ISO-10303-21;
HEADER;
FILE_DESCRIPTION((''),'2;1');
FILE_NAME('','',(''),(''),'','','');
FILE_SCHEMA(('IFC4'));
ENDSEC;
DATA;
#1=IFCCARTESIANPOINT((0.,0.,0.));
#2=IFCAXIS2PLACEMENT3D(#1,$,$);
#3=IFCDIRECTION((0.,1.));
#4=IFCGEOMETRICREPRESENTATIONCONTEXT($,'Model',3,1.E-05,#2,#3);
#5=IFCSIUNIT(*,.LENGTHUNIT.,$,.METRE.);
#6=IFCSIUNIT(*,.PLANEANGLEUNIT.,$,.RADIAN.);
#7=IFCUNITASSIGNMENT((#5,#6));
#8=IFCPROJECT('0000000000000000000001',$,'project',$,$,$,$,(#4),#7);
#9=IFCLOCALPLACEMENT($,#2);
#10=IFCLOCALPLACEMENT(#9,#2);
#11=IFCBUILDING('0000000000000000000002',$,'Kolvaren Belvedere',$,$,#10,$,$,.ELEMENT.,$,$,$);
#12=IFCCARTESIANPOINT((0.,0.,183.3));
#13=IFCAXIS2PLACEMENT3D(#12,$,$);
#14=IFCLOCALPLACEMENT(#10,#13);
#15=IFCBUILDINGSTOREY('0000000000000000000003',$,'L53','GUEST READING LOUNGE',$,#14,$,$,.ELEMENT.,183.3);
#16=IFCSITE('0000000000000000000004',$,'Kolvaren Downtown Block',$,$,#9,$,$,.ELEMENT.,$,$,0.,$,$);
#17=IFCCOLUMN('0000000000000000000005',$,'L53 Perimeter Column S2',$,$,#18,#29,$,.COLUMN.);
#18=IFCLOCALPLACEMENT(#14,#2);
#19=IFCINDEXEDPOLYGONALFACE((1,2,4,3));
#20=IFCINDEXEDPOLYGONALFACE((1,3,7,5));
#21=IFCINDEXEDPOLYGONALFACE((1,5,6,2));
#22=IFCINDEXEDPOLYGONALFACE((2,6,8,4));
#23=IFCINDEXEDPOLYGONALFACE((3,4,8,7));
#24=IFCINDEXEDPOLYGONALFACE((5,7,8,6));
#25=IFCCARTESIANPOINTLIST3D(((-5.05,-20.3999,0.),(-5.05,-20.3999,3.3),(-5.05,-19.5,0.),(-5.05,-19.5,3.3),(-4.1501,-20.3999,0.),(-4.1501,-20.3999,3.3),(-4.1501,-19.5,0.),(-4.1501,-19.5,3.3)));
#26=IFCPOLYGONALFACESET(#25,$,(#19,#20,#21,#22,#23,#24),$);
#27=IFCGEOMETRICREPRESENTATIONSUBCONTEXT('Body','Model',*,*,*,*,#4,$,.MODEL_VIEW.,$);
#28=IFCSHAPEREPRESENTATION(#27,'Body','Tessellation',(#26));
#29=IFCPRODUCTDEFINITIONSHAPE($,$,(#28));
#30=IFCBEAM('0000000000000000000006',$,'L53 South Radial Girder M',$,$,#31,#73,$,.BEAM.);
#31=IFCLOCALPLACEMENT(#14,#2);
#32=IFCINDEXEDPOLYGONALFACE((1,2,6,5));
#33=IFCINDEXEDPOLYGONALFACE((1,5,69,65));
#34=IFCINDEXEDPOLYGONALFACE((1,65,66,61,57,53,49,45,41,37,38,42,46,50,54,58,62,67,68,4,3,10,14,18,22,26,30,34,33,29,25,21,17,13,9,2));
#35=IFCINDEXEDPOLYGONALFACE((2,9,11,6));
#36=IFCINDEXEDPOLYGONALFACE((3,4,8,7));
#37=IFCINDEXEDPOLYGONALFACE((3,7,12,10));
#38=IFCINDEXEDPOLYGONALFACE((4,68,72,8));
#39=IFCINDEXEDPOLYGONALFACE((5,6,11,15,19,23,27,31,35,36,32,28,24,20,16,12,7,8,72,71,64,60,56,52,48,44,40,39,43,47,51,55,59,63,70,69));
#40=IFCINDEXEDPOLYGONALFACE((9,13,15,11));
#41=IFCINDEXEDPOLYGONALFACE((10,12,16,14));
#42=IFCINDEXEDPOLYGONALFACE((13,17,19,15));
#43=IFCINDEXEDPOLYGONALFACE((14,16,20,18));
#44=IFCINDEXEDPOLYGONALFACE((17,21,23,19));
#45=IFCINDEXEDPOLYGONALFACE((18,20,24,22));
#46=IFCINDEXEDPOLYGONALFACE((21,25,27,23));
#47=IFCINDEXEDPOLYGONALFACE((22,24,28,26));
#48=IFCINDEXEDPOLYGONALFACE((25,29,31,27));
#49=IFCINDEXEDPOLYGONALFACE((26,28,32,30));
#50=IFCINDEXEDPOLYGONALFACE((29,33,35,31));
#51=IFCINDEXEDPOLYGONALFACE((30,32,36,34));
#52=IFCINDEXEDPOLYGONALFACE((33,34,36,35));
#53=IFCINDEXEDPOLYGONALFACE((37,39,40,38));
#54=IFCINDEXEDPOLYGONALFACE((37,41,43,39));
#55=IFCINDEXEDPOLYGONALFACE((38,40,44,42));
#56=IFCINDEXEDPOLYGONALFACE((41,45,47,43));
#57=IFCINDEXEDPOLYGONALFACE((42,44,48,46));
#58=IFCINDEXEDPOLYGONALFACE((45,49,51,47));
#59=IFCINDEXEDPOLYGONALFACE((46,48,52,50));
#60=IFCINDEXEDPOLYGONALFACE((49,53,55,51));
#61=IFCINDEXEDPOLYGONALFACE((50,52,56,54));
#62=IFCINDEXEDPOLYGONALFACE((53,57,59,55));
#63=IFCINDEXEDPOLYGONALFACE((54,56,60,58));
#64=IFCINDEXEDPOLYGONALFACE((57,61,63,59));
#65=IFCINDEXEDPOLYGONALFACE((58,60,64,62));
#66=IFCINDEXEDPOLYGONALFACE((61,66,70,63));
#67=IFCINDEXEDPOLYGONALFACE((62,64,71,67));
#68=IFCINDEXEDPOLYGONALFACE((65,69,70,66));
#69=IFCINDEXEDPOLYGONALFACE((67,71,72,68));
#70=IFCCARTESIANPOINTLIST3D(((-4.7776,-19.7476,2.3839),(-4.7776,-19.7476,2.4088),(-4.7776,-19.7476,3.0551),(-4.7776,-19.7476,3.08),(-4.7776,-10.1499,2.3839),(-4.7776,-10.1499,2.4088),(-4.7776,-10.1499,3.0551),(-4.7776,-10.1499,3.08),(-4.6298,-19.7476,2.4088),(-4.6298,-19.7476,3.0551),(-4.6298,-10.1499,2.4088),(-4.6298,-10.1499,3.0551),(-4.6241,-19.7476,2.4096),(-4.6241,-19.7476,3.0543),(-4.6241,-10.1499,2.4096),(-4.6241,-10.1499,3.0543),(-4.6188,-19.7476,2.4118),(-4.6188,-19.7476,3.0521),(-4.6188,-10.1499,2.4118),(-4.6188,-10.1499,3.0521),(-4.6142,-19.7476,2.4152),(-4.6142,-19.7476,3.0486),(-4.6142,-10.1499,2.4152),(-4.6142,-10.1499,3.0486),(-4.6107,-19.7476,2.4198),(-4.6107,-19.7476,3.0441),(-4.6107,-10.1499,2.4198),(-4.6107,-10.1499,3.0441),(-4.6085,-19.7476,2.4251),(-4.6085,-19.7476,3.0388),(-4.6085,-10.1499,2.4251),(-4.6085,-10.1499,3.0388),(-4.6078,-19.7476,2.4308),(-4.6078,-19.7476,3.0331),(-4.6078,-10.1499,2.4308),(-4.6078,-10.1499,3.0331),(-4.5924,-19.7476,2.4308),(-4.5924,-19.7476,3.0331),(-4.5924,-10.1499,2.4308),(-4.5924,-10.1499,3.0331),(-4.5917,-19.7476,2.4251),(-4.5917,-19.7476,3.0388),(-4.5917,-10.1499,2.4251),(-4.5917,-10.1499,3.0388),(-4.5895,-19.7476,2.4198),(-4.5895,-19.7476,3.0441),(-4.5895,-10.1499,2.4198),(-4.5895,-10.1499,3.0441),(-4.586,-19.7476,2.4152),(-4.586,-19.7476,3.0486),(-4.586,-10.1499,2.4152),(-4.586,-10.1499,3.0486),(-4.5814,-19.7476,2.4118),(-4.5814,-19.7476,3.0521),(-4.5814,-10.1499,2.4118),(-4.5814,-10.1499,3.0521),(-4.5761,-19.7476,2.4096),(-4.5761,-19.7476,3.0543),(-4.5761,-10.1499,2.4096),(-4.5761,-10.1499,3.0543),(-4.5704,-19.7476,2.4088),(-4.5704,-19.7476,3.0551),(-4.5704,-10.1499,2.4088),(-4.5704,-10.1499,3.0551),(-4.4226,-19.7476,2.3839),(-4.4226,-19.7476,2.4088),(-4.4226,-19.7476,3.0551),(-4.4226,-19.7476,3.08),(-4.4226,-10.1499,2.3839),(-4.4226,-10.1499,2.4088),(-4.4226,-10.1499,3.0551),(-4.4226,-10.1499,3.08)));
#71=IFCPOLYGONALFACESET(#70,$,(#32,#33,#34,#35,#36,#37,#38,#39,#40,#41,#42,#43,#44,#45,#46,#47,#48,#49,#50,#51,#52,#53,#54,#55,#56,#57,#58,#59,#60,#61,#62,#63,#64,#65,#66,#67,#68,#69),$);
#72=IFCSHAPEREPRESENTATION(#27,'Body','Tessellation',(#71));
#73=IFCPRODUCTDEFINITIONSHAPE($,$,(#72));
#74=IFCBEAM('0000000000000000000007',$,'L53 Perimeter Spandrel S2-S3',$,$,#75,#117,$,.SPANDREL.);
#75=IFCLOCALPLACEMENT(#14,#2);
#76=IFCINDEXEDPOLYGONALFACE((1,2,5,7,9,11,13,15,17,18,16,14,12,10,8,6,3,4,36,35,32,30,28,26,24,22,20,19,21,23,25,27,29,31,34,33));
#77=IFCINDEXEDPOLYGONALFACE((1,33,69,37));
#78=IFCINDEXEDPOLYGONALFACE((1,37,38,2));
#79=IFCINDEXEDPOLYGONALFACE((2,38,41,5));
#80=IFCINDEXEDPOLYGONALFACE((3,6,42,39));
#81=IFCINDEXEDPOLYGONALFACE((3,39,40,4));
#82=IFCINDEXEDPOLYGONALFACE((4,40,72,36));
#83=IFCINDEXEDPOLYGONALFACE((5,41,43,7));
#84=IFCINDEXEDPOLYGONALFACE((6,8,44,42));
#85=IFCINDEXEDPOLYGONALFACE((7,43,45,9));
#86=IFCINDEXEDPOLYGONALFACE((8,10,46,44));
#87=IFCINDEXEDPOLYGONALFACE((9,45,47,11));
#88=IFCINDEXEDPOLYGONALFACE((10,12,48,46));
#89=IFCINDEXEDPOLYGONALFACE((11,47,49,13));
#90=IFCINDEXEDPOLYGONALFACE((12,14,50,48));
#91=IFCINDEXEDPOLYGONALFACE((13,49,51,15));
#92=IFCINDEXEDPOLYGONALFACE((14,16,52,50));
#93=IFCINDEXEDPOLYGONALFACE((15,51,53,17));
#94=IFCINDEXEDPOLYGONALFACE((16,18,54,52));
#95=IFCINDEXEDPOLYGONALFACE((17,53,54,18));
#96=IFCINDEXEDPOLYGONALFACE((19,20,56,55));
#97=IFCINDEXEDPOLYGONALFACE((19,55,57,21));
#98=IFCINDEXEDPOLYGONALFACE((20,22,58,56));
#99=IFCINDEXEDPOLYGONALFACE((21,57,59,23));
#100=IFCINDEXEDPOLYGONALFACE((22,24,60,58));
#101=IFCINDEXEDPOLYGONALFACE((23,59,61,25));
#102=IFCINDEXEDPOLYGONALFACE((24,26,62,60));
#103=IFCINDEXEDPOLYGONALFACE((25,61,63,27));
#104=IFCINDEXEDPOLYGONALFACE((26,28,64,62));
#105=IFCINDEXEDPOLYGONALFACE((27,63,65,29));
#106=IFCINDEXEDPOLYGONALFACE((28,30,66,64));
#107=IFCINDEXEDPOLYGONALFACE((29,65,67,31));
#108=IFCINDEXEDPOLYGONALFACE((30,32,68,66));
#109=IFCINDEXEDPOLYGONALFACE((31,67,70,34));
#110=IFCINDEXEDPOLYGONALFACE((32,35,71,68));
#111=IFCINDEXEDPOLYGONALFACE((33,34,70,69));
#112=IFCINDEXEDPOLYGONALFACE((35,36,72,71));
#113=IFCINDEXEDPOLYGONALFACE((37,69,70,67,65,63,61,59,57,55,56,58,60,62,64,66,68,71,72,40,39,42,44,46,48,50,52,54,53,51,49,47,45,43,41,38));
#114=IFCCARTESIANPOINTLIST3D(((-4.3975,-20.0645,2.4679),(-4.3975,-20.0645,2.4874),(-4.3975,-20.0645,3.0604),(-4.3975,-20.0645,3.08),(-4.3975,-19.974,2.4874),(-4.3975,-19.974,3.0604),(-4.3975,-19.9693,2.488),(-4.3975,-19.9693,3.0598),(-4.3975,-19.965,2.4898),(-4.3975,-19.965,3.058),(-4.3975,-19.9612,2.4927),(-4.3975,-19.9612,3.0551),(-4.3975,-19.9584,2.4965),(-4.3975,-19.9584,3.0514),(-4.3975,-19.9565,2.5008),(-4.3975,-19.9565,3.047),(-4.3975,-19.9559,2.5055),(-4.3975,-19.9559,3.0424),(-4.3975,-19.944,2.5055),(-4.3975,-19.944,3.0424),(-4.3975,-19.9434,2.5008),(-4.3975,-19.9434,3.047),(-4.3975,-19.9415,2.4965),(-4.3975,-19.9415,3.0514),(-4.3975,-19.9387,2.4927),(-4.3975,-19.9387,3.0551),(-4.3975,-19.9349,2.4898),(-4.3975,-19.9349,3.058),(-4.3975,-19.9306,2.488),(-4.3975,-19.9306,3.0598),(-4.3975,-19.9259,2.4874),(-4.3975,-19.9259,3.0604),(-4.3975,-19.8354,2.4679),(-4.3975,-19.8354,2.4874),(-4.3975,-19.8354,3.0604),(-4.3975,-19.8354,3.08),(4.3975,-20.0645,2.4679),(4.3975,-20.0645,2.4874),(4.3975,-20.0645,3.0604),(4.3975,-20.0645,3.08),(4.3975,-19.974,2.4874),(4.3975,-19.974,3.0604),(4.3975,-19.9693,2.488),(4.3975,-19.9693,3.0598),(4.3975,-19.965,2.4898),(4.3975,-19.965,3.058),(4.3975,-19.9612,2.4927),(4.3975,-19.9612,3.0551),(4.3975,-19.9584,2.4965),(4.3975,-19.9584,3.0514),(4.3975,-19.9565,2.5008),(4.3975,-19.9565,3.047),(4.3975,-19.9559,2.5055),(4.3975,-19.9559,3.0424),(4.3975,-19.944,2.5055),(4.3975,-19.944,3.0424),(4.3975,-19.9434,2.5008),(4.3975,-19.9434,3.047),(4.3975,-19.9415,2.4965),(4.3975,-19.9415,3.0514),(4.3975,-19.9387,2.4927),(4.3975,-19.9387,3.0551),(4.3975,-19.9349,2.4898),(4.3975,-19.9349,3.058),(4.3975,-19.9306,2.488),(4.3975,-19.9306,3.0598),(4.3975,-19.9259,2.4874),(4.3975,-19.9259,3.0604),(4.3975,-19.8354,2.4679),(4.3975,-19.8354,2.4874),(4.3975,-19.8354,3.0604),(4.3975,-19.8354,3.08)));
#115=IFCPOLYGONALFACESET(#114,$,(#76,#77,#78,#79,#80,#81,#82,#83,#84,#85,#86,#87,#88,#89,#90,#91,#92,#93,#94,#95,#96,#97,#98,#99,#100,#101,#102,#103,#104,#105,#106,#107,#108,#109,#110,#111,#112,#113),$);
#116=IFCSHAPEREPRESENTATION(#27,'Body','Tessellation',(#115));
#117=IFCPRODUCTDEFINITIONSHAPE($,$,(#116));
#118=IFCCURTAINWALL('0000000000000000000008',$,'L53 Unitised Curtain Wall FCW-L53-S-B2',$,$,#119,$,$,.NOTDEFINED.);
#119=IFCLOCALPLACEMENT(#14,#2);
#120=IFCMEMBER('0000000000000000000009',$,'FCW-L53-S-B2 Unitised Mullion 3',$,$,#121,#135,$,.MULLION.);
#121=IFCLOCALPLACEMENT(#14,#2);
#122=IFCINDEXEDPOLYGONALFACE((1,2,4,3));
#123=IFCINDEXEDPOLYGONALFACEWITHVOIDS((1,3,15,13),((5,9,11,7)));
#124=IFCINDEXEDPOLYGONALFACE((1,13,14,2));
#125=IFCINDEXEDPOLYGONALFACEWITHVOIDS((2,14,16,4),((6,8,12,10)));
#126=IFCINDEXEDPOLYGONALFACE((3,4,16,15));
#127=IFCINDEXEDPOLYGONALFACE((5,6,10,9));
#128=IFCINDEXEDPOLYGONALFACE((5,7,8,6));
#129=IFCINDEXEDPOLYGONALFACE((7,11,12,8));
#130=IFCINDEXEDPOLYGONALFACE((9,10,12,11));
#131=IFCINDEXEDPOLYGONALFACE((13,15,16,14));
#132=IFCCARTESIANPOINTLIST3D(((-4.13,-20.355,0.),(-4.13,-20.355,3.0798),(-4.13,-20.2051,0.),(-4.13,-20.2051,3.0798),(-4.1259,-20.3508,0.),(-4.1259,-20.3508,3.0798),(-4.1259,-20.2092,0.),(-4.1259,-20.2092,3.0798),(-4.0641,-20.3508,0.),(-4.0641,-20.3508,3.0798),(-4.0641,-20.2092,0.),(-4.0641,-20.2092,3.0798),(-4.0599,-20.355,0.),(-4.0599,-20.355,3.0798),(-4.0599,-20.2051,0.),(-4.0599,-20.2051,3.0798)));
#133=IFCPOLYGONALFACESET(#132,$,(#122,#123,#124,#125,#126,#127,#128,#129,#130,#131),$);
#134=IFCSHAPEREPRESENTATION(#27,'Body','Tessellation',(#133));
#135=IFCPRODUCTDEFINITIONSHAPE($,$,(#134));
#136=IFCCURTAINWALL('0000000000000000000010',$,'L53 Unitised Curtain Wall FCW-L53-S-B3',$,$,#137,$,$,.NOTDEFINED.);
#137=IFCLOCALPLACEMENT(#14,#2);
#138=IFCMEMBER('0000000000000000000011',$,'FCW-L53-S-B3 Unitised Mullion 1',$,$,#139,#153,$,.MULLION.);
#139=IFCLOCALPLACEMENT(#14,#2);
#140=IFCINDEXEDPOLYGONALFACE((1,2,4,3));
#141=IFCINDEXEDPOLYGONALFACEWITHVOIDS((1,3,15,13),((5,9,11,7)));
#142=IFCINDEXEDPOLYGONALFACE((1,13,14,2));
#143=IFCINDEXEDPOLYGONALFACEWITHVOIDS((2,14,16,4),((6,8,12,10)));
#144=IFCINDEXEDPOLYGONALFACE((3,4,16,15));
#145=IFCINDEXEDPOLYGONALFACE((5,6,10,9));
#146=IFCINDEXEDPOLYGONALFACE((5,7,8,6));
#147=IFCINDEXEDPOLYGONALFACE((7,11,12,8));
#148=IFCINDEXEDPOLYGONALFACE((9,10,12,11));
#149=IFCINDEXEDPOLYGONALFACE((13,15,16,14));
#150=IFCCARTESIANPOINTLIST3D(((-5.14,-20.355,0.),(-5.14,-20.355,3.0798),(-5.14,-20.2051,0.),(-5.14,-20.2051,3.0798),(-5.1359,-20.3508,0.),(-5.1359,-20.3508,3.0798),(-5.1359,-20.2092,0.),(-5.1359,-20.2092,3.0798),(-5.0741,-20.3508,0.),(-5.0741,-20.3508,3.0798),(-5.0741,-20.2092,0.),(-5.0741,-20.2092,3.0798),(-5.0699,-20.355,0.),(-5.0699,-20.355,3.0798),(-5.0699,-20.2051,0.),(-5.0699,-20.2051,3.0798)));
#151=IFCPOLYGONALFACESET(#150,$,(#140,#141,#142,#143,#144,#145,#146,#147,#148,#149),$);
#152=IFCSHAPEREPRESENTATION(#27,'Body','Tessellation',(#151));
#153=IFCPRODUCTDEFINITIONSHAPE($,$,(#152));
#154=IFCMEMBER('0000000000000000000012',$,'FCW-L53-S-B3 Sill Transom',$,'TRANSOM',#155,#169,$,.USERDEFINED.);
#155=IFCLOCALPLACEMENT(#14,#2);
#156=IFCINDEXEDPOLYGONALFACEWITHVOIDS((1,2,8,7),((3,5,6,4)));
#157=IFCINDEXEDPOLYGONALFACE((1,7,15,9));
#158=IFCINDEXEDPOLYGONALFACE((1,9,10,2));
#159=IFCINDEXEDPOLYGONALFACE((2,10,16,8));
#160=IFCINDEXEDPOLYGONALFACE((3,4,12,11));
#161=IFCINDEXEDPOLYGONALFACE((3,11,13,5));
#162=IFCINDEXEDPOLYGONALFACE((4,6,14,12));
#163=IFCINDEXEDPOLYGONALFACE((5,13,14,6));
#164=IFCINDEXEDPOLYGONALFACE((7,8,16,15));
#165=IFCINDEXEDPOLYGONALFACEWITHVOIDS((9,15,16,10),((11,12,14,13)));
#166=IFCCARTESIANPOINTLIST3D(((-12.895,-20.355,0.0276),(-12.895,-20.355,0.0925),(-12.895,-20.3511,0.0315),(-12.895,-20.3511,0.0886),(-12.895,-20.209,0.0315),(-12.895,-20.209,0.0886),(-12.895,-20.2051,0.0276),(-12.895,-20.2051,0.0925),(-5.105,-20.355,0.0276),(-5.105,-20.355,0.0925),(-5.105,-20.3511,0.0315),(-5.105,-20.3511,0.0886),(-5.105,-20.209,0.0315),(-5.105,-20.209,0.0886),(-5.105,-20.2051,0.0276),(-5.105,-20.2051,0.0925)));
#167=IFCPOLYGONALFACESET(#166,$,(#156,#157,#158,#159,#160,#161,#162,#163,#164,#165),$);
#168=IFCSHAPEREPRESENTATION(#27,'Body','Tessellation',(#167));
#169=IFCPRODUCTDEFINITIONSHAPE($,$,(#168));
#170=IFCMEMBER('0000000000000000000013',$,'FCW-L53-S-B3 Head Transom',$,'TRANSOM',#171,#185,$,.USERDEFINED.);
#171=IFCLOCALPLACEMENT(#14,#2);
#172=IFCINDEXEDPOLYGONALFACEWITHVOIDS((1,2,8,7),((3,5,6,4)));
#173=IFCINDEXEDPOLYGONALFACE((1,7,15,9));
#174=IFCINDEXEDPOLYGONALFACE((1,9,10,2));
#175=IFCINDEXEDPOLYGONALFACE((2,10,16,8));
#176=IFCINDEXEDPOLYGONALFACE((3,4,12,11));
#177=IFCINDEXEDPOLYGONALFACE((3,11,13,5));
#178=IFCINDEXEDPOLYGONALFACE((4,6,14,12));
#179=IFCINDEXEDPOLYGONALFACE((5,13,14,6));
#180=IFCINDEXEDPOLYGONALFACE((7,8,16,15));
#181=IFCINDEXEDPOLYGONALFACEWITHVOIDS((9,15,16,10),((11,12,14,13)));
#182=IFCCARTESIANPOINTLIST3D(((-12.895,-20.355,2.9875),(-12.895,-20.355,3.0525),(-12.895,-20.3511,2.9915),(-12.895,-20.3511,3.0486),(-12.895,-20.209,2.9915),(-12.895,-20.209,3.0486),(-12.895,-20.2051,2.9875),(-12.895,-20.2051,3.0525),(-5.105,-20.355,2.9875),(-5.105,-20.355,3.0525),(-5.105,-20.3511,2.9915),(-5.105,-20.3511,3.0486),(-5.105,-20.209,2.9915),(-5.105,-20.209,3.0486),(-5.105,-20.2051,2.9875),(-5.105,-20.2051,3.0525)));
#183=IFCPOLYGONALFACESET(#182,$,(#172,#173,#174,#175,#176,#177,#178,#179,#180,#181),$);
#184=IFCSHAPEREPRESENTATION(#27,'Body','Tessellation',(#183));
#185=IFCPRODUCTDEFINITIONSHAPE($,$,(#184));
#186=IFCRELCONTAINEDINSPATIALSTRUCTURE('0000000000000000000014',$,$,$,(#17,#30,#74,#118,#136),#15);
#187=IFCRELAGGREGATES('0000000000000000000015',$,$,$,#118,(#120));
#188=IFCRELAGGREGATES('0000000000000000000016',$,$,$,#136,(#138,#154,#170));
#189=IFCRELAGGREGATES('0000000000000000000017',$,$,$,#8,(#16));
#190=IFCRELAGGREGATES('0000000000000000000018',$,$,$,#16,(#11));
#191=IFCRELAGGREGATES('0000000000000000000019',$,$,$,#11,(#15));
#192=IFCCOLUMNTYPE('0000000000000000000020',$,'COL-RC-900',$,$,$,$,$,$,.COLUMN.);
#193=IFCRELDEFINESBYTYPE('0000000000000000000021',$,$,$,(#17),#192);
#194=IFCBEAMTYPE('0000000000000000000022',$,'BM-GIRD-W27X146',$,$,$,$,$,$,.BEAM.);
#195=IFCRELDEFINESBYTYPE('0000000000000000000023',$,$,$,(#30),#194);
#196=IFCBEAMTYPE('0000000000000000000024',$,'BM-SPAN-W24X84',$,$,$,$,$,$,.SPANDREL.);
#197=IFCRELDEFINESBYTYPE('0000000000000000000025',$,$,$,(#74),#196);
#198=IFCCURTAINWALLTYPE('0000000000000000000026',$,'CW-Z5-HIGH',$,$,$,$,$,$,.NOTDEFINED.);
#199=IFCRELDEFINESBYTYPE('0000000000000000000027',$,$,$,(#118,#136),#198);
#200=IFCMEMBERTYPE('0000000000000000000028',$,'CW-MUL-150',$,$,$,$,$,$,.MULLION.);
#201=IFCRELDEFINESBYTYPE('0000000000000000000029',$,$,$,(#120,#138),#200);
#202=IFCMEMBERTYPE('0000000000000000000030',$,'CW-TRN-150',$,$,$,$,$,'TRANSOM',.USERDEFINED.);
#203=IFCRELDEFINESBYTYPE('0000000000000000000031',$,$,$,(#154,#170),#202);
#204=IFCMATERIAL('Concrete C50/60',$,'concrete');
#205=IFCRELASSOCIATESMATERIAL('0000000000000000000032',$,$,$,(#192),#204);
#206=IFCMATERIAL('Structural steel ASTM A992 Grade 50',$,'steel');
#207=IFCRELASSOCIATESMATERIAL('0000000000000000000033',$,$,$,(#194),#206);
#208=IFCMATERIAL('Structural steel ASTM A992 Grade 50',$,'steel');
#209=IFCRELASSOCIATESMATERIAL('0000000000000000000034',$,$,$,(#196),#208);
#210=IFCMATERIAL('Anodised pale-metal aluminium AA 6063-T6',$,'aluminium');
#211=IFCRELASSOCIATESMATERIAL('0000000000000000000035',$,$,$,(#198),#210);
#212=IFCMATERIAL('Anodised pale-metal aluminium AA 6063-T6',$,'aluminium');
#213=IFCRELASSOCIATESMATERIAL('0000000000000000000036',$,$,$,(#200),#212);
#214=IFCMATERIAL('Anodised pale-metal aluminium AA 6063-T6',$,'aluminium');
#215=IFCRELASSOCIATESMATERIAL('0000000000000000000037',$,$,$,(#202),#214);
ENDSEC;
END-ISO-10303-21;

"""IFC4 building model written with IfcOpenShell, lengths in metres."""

from ifc_helpers import new_model, si_unit, direction, frame, origin, origin_2d, place, context, subcontext, project, spatial, rectangle, hollow_rectangle, i_section, extrude, material, material_profile, profile_set, type_object, element, aggregate, save


model = new_model("IFC4")

# Units and contexts
model_context = context("Model", 3, precision=1e-05, world=origin(), true_north=direction((0.0, 1.0)))
body_context = subcontext(model_context, "Body", "Model", "MODEL_VIEW")
ifc_project = project(units=[si_unit("LENGTHUNIT", "METRE"), si_unit("PLANEANGLEUNIT", "RADIAN")], contexts=[model_context])

# Site, building, storey
site_placement = place(None, origin())
site = spatial("IfcSite", under=ifc_project, at=site_placement, Name="Kolvaren Downtown Block", CompositionType="ELEMENT", RefElevation=0.0)
building_placement = place(site_placement, origin())
building = spatial("IfcBuilding", under=site, at=building_placement, Name="Kolvaren Belvedere", CompositionType="ELEMENT")
storey_placement = place(building_placement, frame((0.0, 0.0, 183.3)))
storey = spatial("IfcBuildingStorey", under=building, at=storey_placement, Name="L53", Description="GUEST READING LOUNGE", CompositionType="ELEMENT", Elevation=183.3)

# Column
ifc_material_1 = material(Name="Concrete C50/60", Category="concrete")
ifc_material_profile_1 = material_profile(ifc_material_1, rectangle(XDim=0.8999, YDim=0.8999, at=origin_2d()), Name="RC 900X900")
ifc_profile_set_1 = profile_set([ifc_material_profile_1], Name="Concrete C50/60")
column_type = type_object("IfcColumnType", Name="COL-RC-900", PredefinedType="COLUMN", material=ifc_profile_set_1)
column_placement = place(storey_placement, frame((-4.6001, -19.95, 0.0), z_axis=(0.0, 0.0, 1.0), x_axis=(1.0, 0.0, 0.0)))
element("IfcColumn", 1, at=column_placement, inside=storey, type_object=column_type, Name="L53 Perimeter Column S2", PredefinedType="COLUMN", context=body_context, shape_type="SweptSolid", body=[
    extrude(rectangle(XDim=0.8999, YDim=0.8999, at=origin_2d()), origin(), (0.0, 0.0, 1.0), 3.3),
])

# Beams
ifc_material_2 = material(Name="Structural steel ASTM A992 Grade 50", Category="steel")
ifc_material_profile_2 = material_profile(ifc_material_2, i_section(OverallWidth=0.355, OverallDepth=0.696, WebThickness=0.0154, FlangeThickness=0.0249, FilletRadius=0.022, at=origin_2d()), Name="W27X146")
ifc_profile_set_2 = profile_set([ifc_material_profile_2], Name="Structural steel ASTM A992 Grade 50")
beam_type_1 = type_object("IfcBeamType", Name="BM-GIRD-W27X146", PredefinedType="BEAM", material=ifc_profile_set_2)
beam_1_placement = place(storey_placement, frame((-4.6001, -10.1499, 2.7319), z_axis=(0.0, -1.0, 0.0), x_axis=(1.0, 0.0, 0.0)))
element("IfcBeam", 2, at=beam_1_placement, inside=storey, type_object=beam_type_1, Name="L53 South Radial Girder M", PredefinedType="BEAM", context=body_context, shape_type="SweptSolid", body=[
    extrude(i_section(OverallWidth=0.355, OverallDepth=0.696, WebThickness=0.0154, FlangeThickness=0.0249, FilletRadius=0.022, at=origin_2d()), origin(), (0.0, 0.0, 1.0), 9.5977),
])
ifc_material_3 = material(Name="Structural steel ASTM A992 Grade 50", Category="steel")
ifc_material_profile_3 = material_profile(ifc_material_3, i_section(OverallWidth=0.229, OverallDepth=0.6121, WebThickness=0.012, FlangeThickness=0.0195, FilletRadius=0.0181, at=origin_2d()), Name="W24X84")
ifc_profile_set_3 = profile_set([ifc_material_profile_3], Name="Structural steel ASTM A992 Grade 50")
beam_type_2 = type_object("IfcBeamType", Name="BM-SPAN-W24X84", PredefinedType="SPANDREL", material=ifc_profile_set_3)
beam_2_placement = place(storey_placement, frame((-4.3975, -19.95, 2.7739), z_axis=(1.0, 0.0, 0.0), x_axis=(0.0, 1.0, 0.0)))
element("IfcBeam", 3, at=beam_2_placement, inside=storey, type_object=beam_type_2, Name="L53 Perimeter Spandrel S2-S3", PredefinedType="SPANDREL", context=body_context, shape_type="SweptSolid", body=[
    extrude(i_section(OverallWidth=0.229, OverallDepth=0.6121, WebThickness=0.012, FlangeThickness=0.0195, FilletRadius=0.0181, at=origin_2d()), origin(), (0.0, 0.0, 1.0), 8.7949),
])

# Curtain wall, member
ifc_material_4 = material(Name="Anodised pale-metal aluminium AA 6063-T6", Category="aluminium")
curtain_wall_type = type_object("IfcCurtainWallType", Name="CW-Z5-HIGH", PredefinedType="NOTDEFINED", material=ifc_material_4)
curtain_wall_1_placement = place(storey_placement, origin())
curtain_wall_1 = element("IfcCurtainWall", 4, at=curtain_wall_1_placement, inside=storey, type_object=curtain_wall_type, Name="L53 Unitised Curtain Wall FCW-L53-S-B2", PredefinedType="NOTDEFINED")
ifc_material_5 = material(Name="Anodised pale-metal aluminium AA 6063-T6", Category="aluminium")
ifc_material_profile_4 = material_profile(ifc_material_5, hollow_rectangle(XDim=0.0701, YDim=0.1499, WallThickness=0.0042, at=origin_2d()), Name="ALU-MUL-150X70")
ifc_profile_set_4 = profile_set([ifc_material_profile_4], Name="Anodised pale-metal aluminium AA 6063-T6")
member_type_1 = type_object("IfcMemberType", Name="CW-MUL-150", PredefinedType="MULLION", material=ifc_profile_set_4)
member_1_placement = place(storey_placement, frame((-4.095, -20.28, 0.0), z_axis=(0.0, 0.0, 1.0), x_axis=(1.0, 0.0, 0.0)))
member_1 = element("IfcMember", 5, at=member_1_placement, type_object=member_type_1, Name="FCW-L53-S-B2 Unitised Mullion 3", PredefinedType="MULLION", context=body_context, shape_type="SweptSolid", body=[
    extrude(hollow_rectangle(XDim=0.0701, YDim=0.1499, WallThickness=0.0042, at=origin_2d()), origin(), (0.0, 0.0, 1.0), 3.0798),
])

# Curtain wall, members
curtain_wall_2_placement = place(storey_placement, origin())
curtain_wall_2 = element("IfcCurtainWall", 6, at=curtain_wall_2_placement, inside=storey, type_object=curtain_wall_type, Name="L53 Unitised Curtain Wall FCW-L53-S-B3", PredefinedType="NOTDEFINED")
member_2_placement = place(storey_placement, frame((-5.105, -20.28, 0.0), z_axis=(0.0, 0.0, 1.0), x_axis=(1.0, 0.0, 0.0)))
member_2 = element("IfcMember", 7, at=member_2_placement, type_object=member_type_1, Name="FCW-L53-S-B3 Unitised Mullion 1", PredefinedType="MULLION", context=body_context, shape_type="SweptSolid", body=[
    extrude(hollow_rectangle(XDim=0.0701, YDim=0.1499, WallThickness=0.0042, at=origin_2d()), origin(), (0.0, 0.0, 1.0), 3.0798),
])
ifc_material_6 = material(Name="Anodised pale-metal aluminium AA 6063-T6", Category="aluminium")
ifc_material_profile_5 = material_profile(ifc_material_6, hollow_rectangle(XDim=0.0649, YDim=0.1499, WallThickness=0.0039, at=origin_2d()), Name="ALU-TRN-150X65")
ifc_profile_set_5 = profile_set([ifc_material_profile_5], Name="Anodised pale-metal aluminium AA 6063-T6")
member_type_2 = type_object("IfcMemberType", Name="CW-TRN-150", ElementType="TRANSOM", PredefinedType="USERDEFINED", material=ifc_profile_set_5)
member_3_placement = place(storey_placement, frame((-5.105, -20.28, 0.0601), z_axis=(-1.0, 0.0, 0.0), x_axis=(0.0, 0.0, 1.0)))
member_3 = element("IfcMember", 8, at=member_3_placement, type_object=member_type_2, Name="FCW-L53-S-B3 Sill Transom", ObjectType="TRANSOM", PredefinedType="USERDEFINED", context=body_context, shape_type="SweptSolid", body=[
    extrude(hollow_rectangle(XDim=0.0649, YDim=0.1499, WallThickness=0.0039, at=origin_2d()), origin(), (0.0, 0.0, 1.0), 7.79),
])
member_4_placement = place(storey_placement, frame((-5.105, -20.28, 3.02), z_axis=(-1.0, 0.0, 0.0), x_axis=(0.0, 0.0, 1.0)))
member_4 = element("IfcMember", 9, at=member_4_placement, type_object=member_type_2, Name="FCW-L53-S-B3 Head Transom", ObjectType="TRANSOM", PredefinedType="USERDEFINED", context=body_context, shape_type="SweptSolid", body=[
    extrude(hollow_rectangle(XDim=0.0649, YDim=0.1499, WallThickness=0.0039, at=origin_2d()), origin(), (0.0, 0.0, 1.0), 7.79),
])

aggregate(curtain_wall_1, [member_1])
aggregate(curtain_wall_2, [member_2, member_3, member_4])

save(model, "model.ifc")
